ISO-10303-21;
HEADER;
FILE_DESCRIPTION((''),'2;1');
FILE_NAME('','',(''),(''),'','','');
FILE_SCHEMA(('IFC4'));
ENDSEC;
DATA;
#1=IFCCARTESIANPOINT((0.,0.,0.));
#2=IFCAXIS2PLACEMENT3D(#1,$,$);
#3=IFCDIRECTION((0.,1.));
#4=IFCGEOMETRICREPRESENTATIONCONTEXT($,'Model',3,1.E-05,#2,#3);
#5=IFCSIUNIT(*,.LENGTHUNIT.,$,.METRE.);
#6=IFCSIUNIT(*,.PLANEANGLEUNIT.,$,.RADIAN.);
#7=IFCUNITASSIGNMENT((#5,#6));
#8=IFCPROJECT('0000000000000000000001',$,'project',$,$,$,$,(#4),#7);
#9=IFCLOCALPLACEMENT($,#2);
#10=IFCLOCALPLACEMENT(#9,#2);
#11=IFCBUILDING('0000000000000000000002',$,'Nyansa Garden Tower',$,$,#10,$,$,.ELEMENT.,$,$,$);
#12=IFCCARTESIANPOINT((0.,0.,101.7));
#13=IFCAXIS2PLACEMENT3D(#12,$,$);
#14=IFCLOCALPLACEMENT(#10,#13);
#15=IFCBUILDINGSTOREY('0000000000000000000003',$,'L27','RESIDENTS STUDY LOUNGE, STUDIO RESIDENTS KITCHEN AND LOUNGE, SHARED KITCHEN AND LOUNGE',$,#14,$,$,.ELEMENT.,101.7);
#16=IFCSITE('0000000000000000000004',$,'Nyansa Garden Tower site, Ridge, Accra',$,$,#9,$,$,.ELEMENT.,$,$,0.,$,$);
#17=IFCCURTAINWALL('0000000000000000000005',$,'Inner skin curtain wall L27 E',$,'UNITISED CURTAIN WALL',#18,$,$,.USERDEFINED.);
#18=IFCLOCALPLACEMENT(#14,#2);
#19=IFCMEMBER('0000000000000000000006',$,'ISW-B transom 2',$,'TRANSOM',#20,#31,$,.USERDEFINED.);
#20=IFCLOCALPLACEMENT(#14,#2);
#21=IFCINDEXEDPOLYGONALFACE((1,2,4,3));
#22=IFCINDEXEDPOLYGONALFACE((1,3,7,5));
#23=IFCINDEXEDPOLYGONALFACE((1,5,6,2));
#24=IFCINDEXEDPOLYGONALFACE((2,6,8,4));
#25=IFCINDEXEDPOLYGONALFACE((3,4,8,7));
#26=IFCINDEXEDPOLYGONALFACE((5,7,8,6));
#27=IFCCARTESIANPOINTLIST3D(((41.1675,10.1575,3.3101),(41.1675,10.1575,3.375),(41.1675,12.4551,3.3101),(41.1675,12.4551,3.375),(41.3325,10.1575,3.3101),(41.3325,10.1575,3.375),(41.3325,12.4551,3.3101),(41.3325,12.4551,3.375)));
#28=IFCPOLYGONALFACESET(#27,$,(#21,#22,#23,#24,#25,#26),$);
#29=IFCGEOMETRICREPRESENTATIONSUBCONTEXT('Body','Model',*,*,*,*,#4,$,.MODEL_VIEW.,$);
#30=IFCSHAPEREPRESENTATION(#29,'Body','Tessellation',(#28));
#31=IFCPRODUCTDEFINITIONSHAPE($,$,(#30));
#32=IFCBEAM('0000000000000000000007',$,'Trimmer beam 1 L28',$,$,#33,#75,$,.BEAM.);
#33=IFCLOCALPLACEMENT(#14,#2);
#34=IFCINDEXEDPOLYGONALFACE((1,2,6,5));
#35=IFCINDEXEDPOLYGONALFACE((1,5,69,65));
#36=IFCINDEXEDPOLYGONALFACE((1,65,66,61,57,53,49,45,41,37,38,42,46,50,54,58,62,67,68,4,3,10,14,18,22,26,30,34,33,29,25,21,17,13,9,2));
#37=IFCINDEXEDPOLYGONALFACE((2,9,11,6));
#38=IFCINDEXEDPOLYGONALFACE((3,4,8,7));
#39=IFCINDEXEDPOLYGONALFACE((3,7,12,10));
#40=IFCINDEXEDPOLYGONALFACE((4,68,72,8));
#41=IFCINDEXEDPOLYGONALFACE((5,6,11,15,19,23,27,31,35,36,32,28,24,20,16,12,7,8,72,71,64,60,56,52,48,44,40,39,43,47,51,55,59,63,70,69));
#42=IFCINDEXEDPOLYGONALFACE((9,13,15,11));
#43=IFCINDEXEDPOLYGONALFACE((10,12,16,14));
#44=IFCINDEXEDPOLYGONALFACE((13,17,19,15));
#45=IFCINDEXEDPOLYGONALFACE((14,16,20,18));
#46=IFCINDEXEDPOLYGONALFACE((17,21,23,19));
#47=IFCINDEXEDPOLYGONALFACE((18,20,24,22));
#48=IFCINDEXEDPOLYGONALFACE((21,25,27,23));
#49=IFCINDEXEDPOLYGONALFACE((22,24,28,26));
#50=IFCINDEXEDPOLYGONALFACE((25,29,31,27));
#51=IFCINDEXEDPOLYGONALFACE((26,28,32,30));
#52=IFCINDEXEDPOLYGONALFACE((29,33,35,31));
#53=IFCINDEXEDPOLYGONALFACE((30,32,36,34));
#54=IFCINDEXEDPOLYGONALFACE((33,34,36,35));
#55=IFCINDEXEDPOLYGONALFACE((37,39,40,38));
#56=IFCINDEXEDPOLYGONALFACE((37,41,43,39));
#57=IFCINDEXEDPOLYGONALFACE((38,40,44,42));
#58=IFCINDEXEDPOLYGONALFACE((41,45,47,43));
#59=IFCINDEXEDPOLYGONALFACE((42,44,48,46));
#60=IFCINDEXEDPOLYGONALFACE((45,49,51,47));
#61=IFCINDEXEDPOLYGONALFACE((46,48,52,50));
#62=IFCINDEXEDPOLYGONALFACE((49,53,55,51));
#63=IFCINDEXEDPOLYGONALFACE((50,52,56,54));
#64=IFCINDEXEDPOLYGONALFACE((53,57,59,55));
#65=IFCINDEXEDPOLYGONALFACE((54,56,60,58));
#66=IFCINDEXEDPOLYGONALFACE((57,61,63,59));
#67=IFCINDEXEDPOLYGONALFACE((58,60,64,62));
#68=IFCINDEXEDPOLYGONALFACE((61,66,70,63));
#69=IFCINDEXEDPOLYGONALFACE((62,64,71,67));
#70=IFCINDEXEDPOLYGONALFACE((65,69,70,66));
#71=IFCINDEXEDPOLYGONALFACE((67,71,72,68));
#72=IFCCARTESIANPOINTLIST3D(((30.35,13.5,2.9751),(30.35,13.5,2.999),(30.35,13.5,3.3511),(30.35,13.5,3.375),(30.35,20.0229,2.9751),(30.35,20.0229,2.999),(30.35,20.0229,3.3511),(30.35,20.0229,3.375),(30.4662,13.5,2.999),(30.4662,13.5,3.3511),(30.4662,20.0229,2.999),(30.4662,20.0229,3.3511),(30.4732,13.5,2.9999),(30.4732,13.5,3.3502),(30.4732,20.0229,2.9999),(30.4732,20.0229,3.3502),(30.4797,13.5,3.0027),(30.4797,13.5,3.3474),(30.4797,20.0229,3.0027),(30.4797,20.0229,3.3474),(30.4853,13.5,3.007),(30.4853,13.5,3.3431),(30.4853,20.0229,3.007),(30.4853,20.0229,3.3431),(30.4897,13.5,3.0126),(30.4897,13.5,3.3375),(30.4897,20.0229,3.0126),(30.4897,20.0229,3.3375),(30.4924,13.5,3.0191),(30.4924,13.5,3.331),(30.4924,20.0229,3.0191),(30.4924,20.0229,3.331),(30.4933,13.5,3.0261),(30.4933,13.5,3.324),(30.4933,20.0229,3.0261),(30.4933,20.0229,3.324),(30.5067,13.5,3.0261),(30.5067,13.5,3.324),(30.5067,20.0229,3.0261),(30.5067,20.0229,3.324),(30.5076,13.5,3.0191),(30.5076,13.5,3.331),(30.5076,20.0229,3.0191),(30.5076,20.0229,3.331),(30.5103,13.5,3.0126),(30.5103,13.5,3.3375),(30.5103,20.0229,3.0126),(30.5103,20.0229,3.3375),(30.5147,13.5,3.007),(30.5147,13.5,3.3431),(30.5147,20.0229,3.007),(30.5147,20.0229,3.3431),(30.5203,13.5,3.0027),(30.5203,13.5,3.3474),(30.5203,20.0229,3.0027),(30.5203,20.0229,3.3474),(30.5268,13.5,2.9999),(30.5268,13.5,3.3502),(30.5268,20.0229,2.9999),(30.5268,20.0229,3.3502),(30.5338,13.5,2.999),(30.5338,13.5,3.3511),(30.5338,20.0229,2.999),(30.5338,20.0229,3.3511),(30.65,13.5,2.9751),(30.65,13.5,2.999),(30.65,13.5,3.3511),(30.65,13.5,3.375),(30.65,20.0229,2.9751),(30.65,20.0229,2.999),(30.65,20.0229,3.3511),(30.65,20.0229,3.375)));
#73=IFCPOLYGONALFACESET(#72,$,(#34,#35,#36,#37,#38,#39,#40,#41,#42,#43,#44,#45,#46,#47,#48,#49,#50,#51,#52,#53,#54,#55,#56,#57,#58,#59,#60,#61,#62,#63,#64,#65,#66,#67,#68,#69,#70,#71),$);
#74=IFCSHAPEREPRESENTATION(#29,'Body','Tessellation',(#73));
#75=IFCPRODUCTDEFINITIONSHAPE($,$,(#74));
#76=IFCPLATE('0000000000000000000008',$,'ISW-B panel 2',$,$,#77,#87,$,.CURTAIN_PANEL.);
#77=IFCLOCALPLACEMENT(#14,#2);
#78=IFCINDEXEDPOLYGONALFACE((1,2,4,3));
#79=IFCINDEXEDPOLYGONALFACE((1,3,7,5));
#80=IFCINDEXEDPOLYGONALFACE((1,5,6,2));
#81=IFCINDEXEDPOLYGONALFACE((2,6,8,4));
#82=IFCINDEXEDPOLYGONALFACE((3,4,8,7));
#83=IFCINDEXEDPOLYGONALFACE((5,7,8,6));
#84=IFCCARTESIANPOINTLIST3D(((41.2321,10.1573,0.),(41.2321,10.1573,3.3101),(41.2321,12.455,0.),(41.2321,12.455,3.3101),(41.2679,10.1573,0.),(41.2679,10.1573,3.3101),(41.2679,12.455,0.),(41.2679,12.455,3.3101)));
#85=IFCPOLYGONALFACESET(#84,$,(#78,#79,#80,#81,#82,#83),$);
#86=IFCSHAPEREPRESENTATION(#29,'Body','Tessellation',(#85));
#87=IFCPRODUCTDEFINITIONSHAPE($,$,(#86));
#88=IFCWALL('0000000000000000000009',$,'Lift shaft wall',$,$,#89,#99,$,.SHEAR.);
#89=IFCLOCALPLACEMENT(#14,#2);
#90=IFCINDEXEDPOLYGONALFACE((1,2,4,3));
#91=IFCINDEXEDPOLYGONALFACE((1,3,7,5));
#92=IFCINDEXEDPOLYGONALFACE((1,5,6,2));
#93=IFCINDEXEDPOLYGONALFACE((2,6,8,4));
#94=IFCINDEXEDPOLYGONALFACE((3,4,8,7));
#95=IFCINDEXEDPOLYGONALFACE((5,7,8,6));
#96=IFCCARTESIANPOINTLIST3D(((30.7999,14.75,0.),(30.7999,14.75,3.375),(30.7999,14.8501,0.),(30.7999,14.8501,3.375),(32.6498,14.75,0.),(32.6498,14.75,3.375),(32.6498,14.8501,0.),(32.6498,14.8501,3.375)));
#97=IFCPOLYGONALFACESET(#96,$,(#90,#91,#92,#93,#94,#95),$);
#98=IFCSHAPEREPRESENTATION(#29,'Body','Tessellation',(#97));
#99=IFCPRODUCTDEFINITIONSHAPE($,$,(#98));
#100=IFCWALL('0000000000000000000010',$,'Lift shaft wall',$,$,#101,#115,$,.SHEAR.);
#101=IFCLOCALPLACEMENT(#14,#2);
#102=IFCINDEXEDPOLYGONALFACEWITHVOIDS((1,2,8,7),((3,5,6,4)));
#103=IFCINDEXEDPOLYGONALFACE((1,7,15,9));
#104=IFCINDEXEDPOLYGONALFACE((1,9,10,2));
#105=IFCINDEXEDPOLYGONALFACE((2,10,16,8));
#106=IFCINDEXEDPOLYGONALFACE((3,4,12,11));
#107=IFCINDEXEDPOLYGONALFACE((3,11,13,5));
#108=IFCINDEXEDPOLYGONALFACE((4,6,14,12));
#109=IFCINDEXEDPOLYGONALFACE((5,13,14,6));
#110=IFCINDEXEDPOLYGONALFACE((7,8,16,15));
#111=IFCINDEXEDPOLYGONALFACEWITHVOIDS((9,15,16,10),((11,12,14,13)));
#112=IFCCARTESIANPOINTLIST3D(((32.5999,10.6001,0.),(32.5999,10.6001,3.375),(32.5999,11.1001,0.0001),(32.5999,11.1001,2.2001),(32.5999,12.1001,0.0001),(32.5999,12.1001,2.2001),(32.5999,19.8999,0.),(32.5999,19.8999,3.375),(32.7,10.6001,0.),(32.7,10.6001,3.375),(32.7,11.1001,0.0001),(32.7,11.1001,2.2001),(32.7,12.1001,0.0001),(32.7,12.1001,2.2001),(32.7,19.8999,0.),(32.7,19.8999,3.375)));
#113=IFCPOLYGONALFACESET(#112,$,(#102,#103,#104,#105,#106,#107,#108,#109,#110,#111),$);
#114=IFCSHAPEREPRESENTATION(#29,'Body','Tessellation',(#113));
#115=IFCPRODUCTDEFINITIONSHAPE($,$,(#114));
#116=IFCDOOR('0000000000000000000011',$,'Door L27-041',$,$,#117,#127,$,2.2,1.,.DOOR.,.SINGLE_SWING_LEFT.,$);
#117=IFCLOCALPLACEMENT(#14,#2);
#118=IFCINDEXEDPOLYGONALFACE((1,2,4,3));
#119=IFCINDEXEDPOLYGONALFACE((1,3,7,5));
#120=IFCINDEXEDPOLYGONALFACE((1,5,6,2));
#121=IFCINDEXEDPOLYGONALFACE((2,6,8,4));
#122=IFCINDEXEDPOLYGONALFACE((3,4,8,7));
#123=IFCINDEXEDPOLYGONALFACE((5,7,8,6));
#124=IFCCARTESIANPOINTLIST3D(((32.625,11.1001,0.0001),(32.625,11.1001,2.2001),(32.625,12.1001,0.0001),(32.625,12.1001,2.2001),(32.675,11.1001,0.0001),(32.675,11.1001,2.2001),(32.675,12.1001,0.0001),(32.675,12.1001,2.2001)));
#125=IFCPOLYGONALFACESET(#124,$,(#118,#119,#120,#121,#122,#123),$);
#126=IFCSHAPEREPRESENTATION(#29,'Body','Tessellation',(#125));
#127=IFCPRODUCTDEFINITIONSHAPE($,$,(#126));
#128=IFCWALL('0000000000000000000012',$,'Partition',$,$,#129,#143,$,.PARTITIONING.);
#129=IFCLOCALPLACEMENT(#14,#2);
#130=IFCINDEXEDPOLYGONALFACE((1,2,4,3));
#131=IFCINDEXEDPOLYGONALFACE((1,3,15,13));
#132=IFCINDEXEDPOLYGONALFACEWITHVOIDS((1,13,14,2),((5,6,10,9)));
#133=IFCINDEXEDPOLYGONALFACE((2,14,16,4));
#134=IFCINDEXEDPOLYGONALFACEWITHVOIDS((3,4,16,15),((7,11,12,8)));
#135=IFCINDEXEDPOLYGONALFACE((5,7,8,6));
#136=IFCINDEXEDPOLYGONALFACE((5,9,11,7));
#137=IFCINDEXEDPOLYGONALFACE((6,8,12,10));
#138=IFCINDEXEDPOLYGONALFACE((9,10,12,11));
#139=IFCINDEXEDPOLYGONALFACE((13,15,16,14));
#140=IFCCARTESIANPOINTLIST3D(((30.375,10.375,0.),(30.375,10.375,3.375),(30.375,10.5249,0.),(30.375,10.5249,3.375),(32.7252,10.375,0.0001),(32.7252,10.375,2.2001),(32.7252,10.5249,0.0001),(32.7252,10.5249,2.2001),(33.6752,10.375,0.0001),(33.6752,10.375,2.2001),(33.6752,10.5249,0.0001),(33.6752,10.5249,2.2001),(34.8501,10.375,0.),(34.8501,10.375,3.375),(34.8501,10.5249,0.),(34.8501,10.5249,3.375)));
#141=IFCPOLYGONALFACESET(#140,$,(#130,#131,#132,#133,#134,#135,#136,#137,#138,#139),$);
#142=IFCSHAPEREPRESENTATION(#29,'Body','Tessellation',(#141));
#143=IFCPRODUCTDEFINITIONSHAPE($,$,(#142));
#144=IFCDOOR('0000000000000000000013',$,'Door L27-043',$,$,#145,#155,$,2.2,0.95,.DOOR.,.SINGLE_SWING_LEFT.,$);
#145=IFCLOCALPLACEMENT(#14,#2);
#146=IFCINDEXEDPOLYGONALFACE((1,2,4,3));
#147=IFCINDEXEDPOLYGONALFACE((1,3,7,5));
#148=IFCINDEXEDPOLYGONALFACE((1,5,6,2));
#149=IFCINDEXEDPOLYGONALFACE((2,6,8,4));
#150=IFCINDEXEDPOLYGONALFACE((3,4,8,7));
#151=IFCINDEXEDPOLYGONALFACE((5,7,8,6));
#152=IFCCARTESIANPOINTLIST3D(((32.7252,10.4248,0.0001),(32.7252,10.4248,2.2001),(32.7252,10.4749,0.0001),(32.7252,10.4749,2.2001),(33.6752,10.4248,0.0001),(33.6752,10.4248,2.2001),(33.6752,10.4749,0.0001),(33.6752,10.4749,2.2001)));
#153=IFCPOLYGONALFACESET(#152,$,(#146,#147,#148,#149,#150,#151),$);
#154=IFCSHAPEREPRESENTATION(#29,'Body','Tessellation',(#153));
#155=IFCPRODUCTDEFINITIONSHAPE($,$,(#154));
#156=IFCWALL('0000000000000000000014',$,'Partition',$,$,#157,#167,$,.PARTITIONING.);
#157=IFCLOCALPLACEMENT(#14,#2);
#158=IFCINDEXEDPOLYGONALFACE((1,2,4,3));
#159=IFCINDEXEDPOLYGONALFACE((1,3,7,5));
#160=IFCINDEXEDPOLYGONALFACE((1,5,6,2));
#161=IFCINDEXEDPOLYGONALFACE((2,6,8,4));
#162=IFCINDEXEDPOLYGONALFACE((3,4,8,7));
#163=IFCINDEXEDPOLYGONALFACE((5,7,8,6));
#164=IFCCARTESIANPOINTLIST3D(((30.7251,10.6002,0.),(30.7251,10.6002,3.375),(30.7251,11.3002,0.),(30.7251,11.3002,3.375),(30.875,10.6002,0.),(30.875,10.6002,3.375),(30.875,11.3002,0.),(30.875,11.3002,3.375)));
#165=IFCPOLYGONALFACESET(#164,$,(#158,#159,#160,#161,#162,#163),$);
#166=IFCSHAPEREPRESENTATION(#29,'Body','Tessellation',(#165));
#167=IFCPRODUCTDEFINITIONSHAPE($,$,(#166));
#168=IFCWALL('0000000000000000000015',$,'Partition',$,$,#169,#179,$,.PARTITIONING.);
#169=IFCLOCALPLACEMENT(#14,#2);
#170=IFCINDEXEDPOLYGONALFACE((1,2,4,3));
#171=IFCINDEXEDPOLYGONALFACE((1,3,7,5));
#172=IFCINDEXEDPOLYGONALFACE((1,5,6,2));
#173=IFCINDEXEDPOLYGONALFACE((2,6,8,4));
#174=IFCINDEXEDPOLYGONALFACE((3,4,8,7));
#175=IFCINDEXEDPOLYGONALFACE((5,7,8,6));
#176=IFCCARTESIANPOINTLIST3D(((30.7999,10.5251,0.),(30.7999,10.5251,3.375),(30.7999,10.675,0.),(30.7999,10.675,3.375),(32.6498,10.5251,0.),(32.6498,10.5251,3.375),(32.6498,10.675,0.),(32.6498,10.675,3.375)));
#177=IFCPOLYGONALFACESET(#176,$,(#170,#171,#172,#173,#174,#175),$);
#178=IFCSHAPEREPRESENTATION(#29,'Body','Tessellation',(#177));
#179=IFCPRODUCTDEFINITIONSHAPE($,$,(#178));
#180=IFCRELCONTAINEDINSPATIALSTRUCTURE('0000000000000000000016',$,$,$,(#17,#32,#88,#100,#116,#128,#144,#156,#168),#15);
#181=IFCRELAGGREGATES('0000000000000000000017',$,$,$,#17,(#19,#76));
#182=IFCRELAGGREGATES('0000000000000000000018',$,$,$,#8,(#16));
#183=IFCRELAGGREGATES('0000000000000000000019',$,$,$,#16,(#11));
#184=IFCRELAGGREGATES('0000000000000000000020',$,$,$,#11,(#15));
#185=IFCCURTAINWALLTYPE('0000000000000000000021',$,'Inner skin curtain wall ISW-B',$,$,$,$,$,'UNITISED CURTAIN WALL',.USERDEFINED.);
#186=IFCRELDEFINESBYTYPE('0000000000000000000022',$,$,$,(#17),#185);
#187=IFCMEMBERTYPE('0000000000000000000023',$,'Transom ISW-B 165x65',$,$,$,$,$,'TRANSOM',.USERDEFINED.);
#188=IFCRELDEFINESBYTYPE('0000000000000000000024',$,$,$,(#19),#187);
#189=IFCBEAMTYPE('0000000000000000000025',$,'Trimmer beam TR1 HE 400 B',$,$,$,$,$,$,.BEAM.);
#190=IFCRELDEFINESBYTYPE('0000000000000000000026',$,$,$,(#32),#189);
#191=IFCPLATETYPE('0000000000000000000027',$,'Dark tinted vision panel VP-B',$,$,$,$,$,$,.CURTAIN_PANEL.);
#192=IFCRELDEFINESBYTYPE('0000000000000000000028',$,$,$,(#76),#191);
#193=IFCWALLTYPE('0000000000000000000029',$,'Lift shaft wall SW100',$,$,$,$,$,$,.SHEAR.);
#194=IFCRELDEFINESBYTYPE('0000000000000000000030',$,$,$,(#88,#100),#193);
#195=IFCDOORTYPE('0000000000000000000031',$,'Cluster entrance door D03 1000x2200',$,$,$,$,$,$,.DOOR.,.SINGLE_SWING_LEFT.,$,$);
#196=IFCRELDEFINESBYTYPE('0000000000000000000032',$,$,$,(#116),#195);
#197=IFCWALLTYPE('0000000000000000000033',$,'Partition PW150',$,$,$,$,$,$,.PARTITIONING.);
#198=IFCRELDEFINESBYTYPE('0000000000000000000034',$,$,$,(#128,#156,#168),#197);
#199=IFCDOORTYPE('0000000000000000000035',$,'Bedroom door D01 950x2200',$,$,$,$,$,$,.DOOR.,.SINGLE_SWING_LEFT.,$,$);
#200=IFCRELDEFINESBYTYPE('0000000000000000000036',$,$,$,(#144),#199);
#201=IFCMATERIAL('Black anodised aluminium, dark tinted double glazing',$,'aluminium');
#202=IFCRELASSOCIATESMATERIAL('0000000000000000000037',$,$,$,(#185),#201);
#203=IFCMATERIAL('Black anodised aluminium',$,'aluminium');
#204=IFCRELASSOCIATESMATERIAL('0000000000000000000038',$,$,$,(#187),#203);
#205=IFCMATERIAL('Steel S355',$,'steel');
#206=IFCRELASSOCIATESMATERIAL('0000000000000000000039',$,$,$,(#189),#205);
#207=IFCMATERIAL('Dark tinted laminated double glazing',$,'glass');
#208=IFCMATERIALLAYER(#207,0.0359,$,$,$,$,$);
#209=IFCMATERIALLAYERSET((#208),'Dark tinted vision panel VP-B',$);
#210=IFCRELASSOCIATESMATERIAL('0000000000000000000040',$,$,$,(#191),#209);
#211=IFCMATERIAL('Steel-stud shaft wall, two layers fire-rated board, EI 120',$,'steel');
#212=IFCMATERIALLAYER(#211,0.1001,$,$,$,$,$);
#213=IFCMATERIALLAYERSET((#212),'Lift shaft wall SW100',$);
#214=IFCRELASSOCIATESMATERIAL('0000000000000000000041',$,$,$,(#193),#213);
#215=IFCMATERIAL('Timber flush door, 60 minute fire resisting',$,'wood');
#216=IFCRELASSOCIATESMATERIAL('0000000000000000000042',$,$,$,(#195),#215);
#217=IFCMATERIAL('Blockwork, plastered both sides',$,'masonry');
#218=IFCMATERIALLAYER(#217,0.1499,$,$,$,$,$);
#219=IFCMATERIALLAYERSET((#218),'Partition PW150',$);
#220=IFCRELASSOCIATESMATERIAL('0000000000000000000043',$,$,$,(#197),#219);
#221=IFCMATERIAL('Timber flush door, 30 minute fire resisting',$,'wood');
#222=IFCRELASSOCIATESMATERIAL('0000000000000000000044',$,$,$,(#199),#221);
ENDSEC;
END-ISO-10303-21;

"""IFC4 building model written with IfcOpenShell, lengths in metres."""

from ifc_helpers import new_model, si_unit, direction, frame, frame_2d, origin, origin_2d, place, context, subcontext, project, spatial, rectangle, i_section, extrude, material, layer, layer_set, material_profile, profile_set, type_object, element, fill, aggregate, save


model = new_model("IFC4")

# Units and contexts
model_context = context("Model", 3, precision=1e-05, world=origin(), true_north=direction((0.0, 1.0)))
body_context = subcontext(model_context, "Body", "Model", "MODEL_VIEW")
ifc_project = project(units=[si_unit("LENGTHUNIT", "METRE"), si_unit("PLANEANGLEUNIT", "RADIAN")], contexts=[model_context])

# Site, building, storey
site_placement = place(None, origin())
site = spatial("IfcSite", under=ifc_project, at=site_placement, Name="Nyansa Garden Tower site, Ridge, Accra", CompositionType="ELEMENT", RefElevation=0.0)
building_placement = place(site_placement, origin())
building = spatial("IfcBuilding", under=site, at=building_placement, Name="Nyansa Garden Tower", CompositionType="ELEMENT")
storey_placement = place(building_placement, frame((0.0, 0.0, 101.7)))
storey = spatial("IfcBuildingStorey", under=building, at=storey_placement, Name="L27", Description="RESIDENTS STUDY LOUNGE, STUDIO RESIDENTS KITCHEN AND LOUNGE, SHARED KITCHEN AND LOUNGE", CompositionType="ELEMENT", Elevation=101.7)

# Curtain wall
ifc_material_1 = material(Name="Black anodised aluminium, dark tinted double glazing", Category="aluminium")
curtain_wall_type = type_object("IfcCurtainWallType", Name="Inner skin curtain wall ISW-B", ElementType="UNITISED CURTAIN WALL", PredefinedType="USERDEFINED", material=ifc_material_1)
curtain_wall_placement = place(storey_placement, origin())
curtain_wall = element("IfcCurtainWall", 1, at=curtain_wall_placement, inside=storey, type_object=curtain_wall_type, Name="Inner skin curtain wall L27 E", ObjectType="UNITISED CURTAIN WALL", PredefinedType="USERDEFINED")

# Member
ifc_material_2 = material(Name="Black anodised aluminium", Category="aluminium")
ifc_material_profile_1 = material_profile(ifc_material_2, rectangle(XDim=0.165, YDim=0.0649, at=origin_2d()), Name="Transom 165x65")
ifc_profile_set_1 = profile_set([ifc_material_profile_1], Name="Black anodised aluminium")
member_type_1 = type_object("IfcMemberType", Name="Transom ISW-B 165x65", ElementType="TRANSOM", PredefinedType="USERDEFINED", material=ifc_profile_set_1)
member_1_placement = place(storey_placement, frame((41.25, 10.1575, 3.3425), z_axis=(0.0, 1.0, 0.0), x_axis=(-1.0, 0.0, 0.0)))
member_1 = element("IfcMember", 2, at=member_1_placement, type_object=member_type_1, Name="ISW-B transom 2", ObjectType="TRANSOM", PredefinedType="USERDEFINED", context=body_context, shape_type="SweptSolid", body=[
    extrude(rectangle(XDim=0.165, YDim=0.0649, at=origin_2d()), origin(), (0.0, 0.0, 1.0), 2.2976),
])

# Beam
ifc_material_3 = material(Name="Steel S355", Category="steel")
ifc_material_profile_2 = material_profile(ifc_material_3, i_section(OverallWidth=0.3, OverallDepth=0.3999, WebThickness=0.0134, FlangeThickness=0.0239, FilletRadius=0.0271, at=origin_2d()), Name="HE 400 B")
ifc_profile_set_2 = profile_set([ifc_material_profile_2], Name="Steel S355")
beam_type_1 = type_object("IfcBeamType", Name="Trimmer beam TR1 HE 400 B", PredefinedType="BEAM", material=ifc_profile_set_2)
beam_1_placement = place(storey_placement, frame((30.5, 13.5, 3.175), z_axis=(0.0, 1.0, 0.0), x_axis=(-1.0, 0.0, 0.0)))
element("IfcBeam", 3, at=beam_1_placement, inside=storey, type_object=beam_type_1, Name="Trimmer beam 1 L28", PredefinedType="BEAM", context=body_context, shape_type="SweptSolid", body=[
    extrude(i_section(OverallWidth=0.3, OverallDepth=0.3999, WebThickness=0.0134, FlangeThickness=0.0239, FilletRadius=0.0271, at=origin_2d()), origin(), (0.0, 0.0, 1.0), 6.5229),
])

# Plate
ifc_material_4 = material(Name="Dark tinted laminated double glazing", Category="glass")
ifc_layer_1 = layer(ifc_material_4, 0.0359)
ifc_layer_set_1 = layer_set([ifc_layer_1], Name="Dark tinted vision panel VP-B")
plate_type = type_object("IfcPlateType", Name="Dark tinted vision panel VP-B", PredefinedType="CURTAIN_PANEL", material=ifc_layer_set_1)
plate_placement = place(storey_placement, frame((41.25, 11.3062, 0.0), z_axis=(0.0, 0.0, 1.0), x_axis=(0.0, 1.0, 0.0)))
plate = element("IfcPlate", 4, at=plate_placement, type_object=plate_type, Name="ISW-B panel 2", PredefinedType="CURTAIN_PANEL", context=body_context, shape_type="SweptSolid", body=[
    extrude(rectangle(XDim=2.2976, YDim=0.0359, at=origin_2d()), origin(), (0.0, 0.0, 1.0), 3.3101),
])
aggregate(curtain_wall, [member_1, plate])

# Wall
ifc_material_5 = material(Name="Steel-stud shaft wall, two layers fire-rated board, EI 120", Category="steel")
ifc_layer_2 = layer(ifc_material_5, 0.1001)
ifc_layer_set_2 = layer_set([ifc_layer_2], Name="Lift shaft wall SW100")
wall_type_1 = type_object("IfcWallType", Name="Lift shaft wall SW100", PredefinedType="SHEAR", material=ifc_layer_set_2)
wall_1_placement = place(storey_placement, frame((30.8, 14.8, 0.0), z_axis=(0.0, 0.0, 1.0), x_axis=(1.0, 0.0, 0.0)))
element("IfcWall", 5, at=wall_1_placement, inside=storey, type_object=wall_type_1, Name="Lift shaft wall", PredefinedType="SHEAR", context=body_context, shape_type="SweptSolid", body=[
    extrude(rectangle(XDim=1.8499, YDim=0.1001, at=frame_2d((0.9248, 0.0))), origin(), (0.0, 0.0, 1.0), 3.375),
])

# Walls, openings, doors
wall_2_placement = place(storey_placement, frame((32.6499, 10.6001, 0.0), z_axis=(0.0, 0.0, 1.0), x_axis=(0.0, 1.0, 0.0)))
wall_2 = element("IfcWall", 6, at=wall_2_placement, inside=storey, type_object=wall_type_1, Name="Lift shaft wall", PredefinedType="SHEAR", context=body_context, shape_type="SweptSolid", body=[
    extrude(rectangle(XDim=9.2998, YDim=0.1001, at=frame_2d((4.6499, 0.0))), origin(), (0.0, 0.0, 1.0), 3.375),
])
opening_1_placement = place(wall_2_placement, frame((0.5, 0.0, 0.0)))
opening_1 = element("IfcOpeningElement", 7, at=opening_1_placement, cuts=wall_2, PredefinedType="OPENING", context=body_context, shape_type="SweptSolid", body=[
    extrude(rectangle(XDim=1.0, YDim=2.2, at=frame_2d((0.5, 1.1001))), frame((0.0, 0.0601, 0.0), z_axis=(0.0, -1.0, 0.0), x_axis=(1.0, 0.0, 0.0)), (0.0, 0.0, 1.0), 0.1201),
])
ifc_material_6 = material(Name="Timber flush door, 60 minute fire resisting", Category="wood")
door_type_1 = type_object("IfcDoorType", Name="Cluster entrance door D03 1000x2200", OperationType="SINGLE_SWING_LEFT", PredefinedType="DOOR", material=ifc_material_6)
door_1_placement = place(opening_1_placement, origin())
door_1 = element("IfcDoor", 8, at=door_1_placement, inside=storey, type_object=door_type_1, Name="Door L27-041", OperationType="SINGLE_SWING_LEFT", OverallHeight=2.2, OverallWidth=1.0, PredefinedType="DOOR", context=body_context, shape_type="SweptSolid", body=[
    extrude(rectangle(XDim=1.0, YDim=2.2, at=frame_2d((0.5, 1.1001))), frame((0.0, 0.0249, 0.0), z_axis=(0.0, -1.0, 0.0), x_axis=(1.0, 0.0, 0.0)), (0.0, 0.0, 1.0), 0.05),
])
fill(opening_1, door_1)
ifc_material_7 = material(Name="Blockwork, plastered both sides", Category="masonry")
ifc_layer_3 = layer(ifc_material_7, 0.1499)
ifc_layer_set_3 = layer_set([ifc_layer_3], Name="Partition PW150")
wall_type_2 = type_object("IfcWallType", Name="Partition PW150", PredefinedType="PARTITIONING", material=ifc_layer_set_3)
wall_3_placement = place(storey_placement, frame((30.375, 10.45, 0.0), z_axis=(0.0, 0.0, 1.0), x_axis=(1.0, 0.0, 0.0)))
wall_3 = element("IfcWall", 9, at=wall_3_placement, inside=storey, type_object=wall_type_2, Name="Partition", PredefinedType="PARTITIONING", context=body_context, shape_type="SweptSolid", body=[
    extrude(rectangle(XDim=4.4751, YDim=0.1499, at=frame_2d((2.2375, 0.0))), origin(), (0.0, 0.0, 1.0), 3.375),
])
opening_2_placement = place(wall_3_placement, frame((2.3501, 0.0, 0.0)))
opening_2 = element("IfcOpeningElement", 10, at=opening_2_placement, cuts=wall_3, PredefinedType="OPENING", context=body_context, shape_type="SweptSolid", body=[
    extrude(rectangle(XDim=0.95, YDim=2.2, at=frame_2d((0.4751, 1.1001))), frame((0.0, 0.085, 0.0), z_axis=(0.0, -1.0, 0.0), x_axis=(1.0, 0.0, 0.0)), (0.0, 0.0, 1.0), 0.1699),
])
ifc_material_8 = material(Name="Timber flush door, 30 minute fire resisting", Category="wood")
door_type_2 = type_object("IfcDoorType", Name="Bedroom door D01 950x2200", OperationType="SINGLE_SWING_LEFT", PredefinedType="DOOR", material=ifc_material_8)
door_2_placement = place(opening_2_placement, origin())
door_2 = element("IfcDoor", 11, at=door_2_placement, inside=storey, type_object=door_type_2, Name="Door L27-043", OperationType="SINGLE_SWING_LEFT", OverallHeight=2.2, OverallWidth=0.95, PredefinedType="DOOR", context=body_context, shape_type="SweptSolid", body=[
    extrude(rectangle(XDim=0.95, YDim=2.2, at=frame_2d((0.4751, 1.1001))), frame((0.0, 0.0249, 0.0), z_axis=(0.0, -1.0, 0.0), x_axis=(1.0, 0.0, 0.0)), (0.0, 0.0, 1.0), 0.05),
])
fill(opening_2, door_2)

# Walls
wall_4_placement = place(storey_placement, frame((30.8, 10.6001, 0.0), z_axis=(0.0, 0.0, 1.0), x_axis=(0.0, 1.0, 0.0)))
element("IfcWall", 12, at=wall_4_placement, inside=storey, type_object=wall_type_2, Name="Partition", PredefinedType="PARTITIONING", context=body_context, shape_type="SweptSolid", body=[
    extrude(rectangle(XDim=0.7, YDim=0.1499, at=frame_2d((0.3501, 0.0))), origin(), (0.0, 0.0, 1.0), 3.375),
])
wall_5_placement = place(storey_placement, frame((30.8, 10.6001, 0.0), z_axis=(0.0, 0.0, 1.0), x_axis=(1.0, 0.0, 0.0)))
element("IfcWall", 13, at=wall_5_placement, inside=storey, type_object=wall_type_2, Name="Partition", PredefinedType="PARTITIONING", context=body_context, shape_type="SweptSolid", body=[
    extrude(rectangle(XDim=1.8499, YDim=0.1499, at=frame_2d((0.9248, 0.0))), origin(), (0.0, 0.0, 1.0), 3.375),
])

save(model, "model.ifc")
